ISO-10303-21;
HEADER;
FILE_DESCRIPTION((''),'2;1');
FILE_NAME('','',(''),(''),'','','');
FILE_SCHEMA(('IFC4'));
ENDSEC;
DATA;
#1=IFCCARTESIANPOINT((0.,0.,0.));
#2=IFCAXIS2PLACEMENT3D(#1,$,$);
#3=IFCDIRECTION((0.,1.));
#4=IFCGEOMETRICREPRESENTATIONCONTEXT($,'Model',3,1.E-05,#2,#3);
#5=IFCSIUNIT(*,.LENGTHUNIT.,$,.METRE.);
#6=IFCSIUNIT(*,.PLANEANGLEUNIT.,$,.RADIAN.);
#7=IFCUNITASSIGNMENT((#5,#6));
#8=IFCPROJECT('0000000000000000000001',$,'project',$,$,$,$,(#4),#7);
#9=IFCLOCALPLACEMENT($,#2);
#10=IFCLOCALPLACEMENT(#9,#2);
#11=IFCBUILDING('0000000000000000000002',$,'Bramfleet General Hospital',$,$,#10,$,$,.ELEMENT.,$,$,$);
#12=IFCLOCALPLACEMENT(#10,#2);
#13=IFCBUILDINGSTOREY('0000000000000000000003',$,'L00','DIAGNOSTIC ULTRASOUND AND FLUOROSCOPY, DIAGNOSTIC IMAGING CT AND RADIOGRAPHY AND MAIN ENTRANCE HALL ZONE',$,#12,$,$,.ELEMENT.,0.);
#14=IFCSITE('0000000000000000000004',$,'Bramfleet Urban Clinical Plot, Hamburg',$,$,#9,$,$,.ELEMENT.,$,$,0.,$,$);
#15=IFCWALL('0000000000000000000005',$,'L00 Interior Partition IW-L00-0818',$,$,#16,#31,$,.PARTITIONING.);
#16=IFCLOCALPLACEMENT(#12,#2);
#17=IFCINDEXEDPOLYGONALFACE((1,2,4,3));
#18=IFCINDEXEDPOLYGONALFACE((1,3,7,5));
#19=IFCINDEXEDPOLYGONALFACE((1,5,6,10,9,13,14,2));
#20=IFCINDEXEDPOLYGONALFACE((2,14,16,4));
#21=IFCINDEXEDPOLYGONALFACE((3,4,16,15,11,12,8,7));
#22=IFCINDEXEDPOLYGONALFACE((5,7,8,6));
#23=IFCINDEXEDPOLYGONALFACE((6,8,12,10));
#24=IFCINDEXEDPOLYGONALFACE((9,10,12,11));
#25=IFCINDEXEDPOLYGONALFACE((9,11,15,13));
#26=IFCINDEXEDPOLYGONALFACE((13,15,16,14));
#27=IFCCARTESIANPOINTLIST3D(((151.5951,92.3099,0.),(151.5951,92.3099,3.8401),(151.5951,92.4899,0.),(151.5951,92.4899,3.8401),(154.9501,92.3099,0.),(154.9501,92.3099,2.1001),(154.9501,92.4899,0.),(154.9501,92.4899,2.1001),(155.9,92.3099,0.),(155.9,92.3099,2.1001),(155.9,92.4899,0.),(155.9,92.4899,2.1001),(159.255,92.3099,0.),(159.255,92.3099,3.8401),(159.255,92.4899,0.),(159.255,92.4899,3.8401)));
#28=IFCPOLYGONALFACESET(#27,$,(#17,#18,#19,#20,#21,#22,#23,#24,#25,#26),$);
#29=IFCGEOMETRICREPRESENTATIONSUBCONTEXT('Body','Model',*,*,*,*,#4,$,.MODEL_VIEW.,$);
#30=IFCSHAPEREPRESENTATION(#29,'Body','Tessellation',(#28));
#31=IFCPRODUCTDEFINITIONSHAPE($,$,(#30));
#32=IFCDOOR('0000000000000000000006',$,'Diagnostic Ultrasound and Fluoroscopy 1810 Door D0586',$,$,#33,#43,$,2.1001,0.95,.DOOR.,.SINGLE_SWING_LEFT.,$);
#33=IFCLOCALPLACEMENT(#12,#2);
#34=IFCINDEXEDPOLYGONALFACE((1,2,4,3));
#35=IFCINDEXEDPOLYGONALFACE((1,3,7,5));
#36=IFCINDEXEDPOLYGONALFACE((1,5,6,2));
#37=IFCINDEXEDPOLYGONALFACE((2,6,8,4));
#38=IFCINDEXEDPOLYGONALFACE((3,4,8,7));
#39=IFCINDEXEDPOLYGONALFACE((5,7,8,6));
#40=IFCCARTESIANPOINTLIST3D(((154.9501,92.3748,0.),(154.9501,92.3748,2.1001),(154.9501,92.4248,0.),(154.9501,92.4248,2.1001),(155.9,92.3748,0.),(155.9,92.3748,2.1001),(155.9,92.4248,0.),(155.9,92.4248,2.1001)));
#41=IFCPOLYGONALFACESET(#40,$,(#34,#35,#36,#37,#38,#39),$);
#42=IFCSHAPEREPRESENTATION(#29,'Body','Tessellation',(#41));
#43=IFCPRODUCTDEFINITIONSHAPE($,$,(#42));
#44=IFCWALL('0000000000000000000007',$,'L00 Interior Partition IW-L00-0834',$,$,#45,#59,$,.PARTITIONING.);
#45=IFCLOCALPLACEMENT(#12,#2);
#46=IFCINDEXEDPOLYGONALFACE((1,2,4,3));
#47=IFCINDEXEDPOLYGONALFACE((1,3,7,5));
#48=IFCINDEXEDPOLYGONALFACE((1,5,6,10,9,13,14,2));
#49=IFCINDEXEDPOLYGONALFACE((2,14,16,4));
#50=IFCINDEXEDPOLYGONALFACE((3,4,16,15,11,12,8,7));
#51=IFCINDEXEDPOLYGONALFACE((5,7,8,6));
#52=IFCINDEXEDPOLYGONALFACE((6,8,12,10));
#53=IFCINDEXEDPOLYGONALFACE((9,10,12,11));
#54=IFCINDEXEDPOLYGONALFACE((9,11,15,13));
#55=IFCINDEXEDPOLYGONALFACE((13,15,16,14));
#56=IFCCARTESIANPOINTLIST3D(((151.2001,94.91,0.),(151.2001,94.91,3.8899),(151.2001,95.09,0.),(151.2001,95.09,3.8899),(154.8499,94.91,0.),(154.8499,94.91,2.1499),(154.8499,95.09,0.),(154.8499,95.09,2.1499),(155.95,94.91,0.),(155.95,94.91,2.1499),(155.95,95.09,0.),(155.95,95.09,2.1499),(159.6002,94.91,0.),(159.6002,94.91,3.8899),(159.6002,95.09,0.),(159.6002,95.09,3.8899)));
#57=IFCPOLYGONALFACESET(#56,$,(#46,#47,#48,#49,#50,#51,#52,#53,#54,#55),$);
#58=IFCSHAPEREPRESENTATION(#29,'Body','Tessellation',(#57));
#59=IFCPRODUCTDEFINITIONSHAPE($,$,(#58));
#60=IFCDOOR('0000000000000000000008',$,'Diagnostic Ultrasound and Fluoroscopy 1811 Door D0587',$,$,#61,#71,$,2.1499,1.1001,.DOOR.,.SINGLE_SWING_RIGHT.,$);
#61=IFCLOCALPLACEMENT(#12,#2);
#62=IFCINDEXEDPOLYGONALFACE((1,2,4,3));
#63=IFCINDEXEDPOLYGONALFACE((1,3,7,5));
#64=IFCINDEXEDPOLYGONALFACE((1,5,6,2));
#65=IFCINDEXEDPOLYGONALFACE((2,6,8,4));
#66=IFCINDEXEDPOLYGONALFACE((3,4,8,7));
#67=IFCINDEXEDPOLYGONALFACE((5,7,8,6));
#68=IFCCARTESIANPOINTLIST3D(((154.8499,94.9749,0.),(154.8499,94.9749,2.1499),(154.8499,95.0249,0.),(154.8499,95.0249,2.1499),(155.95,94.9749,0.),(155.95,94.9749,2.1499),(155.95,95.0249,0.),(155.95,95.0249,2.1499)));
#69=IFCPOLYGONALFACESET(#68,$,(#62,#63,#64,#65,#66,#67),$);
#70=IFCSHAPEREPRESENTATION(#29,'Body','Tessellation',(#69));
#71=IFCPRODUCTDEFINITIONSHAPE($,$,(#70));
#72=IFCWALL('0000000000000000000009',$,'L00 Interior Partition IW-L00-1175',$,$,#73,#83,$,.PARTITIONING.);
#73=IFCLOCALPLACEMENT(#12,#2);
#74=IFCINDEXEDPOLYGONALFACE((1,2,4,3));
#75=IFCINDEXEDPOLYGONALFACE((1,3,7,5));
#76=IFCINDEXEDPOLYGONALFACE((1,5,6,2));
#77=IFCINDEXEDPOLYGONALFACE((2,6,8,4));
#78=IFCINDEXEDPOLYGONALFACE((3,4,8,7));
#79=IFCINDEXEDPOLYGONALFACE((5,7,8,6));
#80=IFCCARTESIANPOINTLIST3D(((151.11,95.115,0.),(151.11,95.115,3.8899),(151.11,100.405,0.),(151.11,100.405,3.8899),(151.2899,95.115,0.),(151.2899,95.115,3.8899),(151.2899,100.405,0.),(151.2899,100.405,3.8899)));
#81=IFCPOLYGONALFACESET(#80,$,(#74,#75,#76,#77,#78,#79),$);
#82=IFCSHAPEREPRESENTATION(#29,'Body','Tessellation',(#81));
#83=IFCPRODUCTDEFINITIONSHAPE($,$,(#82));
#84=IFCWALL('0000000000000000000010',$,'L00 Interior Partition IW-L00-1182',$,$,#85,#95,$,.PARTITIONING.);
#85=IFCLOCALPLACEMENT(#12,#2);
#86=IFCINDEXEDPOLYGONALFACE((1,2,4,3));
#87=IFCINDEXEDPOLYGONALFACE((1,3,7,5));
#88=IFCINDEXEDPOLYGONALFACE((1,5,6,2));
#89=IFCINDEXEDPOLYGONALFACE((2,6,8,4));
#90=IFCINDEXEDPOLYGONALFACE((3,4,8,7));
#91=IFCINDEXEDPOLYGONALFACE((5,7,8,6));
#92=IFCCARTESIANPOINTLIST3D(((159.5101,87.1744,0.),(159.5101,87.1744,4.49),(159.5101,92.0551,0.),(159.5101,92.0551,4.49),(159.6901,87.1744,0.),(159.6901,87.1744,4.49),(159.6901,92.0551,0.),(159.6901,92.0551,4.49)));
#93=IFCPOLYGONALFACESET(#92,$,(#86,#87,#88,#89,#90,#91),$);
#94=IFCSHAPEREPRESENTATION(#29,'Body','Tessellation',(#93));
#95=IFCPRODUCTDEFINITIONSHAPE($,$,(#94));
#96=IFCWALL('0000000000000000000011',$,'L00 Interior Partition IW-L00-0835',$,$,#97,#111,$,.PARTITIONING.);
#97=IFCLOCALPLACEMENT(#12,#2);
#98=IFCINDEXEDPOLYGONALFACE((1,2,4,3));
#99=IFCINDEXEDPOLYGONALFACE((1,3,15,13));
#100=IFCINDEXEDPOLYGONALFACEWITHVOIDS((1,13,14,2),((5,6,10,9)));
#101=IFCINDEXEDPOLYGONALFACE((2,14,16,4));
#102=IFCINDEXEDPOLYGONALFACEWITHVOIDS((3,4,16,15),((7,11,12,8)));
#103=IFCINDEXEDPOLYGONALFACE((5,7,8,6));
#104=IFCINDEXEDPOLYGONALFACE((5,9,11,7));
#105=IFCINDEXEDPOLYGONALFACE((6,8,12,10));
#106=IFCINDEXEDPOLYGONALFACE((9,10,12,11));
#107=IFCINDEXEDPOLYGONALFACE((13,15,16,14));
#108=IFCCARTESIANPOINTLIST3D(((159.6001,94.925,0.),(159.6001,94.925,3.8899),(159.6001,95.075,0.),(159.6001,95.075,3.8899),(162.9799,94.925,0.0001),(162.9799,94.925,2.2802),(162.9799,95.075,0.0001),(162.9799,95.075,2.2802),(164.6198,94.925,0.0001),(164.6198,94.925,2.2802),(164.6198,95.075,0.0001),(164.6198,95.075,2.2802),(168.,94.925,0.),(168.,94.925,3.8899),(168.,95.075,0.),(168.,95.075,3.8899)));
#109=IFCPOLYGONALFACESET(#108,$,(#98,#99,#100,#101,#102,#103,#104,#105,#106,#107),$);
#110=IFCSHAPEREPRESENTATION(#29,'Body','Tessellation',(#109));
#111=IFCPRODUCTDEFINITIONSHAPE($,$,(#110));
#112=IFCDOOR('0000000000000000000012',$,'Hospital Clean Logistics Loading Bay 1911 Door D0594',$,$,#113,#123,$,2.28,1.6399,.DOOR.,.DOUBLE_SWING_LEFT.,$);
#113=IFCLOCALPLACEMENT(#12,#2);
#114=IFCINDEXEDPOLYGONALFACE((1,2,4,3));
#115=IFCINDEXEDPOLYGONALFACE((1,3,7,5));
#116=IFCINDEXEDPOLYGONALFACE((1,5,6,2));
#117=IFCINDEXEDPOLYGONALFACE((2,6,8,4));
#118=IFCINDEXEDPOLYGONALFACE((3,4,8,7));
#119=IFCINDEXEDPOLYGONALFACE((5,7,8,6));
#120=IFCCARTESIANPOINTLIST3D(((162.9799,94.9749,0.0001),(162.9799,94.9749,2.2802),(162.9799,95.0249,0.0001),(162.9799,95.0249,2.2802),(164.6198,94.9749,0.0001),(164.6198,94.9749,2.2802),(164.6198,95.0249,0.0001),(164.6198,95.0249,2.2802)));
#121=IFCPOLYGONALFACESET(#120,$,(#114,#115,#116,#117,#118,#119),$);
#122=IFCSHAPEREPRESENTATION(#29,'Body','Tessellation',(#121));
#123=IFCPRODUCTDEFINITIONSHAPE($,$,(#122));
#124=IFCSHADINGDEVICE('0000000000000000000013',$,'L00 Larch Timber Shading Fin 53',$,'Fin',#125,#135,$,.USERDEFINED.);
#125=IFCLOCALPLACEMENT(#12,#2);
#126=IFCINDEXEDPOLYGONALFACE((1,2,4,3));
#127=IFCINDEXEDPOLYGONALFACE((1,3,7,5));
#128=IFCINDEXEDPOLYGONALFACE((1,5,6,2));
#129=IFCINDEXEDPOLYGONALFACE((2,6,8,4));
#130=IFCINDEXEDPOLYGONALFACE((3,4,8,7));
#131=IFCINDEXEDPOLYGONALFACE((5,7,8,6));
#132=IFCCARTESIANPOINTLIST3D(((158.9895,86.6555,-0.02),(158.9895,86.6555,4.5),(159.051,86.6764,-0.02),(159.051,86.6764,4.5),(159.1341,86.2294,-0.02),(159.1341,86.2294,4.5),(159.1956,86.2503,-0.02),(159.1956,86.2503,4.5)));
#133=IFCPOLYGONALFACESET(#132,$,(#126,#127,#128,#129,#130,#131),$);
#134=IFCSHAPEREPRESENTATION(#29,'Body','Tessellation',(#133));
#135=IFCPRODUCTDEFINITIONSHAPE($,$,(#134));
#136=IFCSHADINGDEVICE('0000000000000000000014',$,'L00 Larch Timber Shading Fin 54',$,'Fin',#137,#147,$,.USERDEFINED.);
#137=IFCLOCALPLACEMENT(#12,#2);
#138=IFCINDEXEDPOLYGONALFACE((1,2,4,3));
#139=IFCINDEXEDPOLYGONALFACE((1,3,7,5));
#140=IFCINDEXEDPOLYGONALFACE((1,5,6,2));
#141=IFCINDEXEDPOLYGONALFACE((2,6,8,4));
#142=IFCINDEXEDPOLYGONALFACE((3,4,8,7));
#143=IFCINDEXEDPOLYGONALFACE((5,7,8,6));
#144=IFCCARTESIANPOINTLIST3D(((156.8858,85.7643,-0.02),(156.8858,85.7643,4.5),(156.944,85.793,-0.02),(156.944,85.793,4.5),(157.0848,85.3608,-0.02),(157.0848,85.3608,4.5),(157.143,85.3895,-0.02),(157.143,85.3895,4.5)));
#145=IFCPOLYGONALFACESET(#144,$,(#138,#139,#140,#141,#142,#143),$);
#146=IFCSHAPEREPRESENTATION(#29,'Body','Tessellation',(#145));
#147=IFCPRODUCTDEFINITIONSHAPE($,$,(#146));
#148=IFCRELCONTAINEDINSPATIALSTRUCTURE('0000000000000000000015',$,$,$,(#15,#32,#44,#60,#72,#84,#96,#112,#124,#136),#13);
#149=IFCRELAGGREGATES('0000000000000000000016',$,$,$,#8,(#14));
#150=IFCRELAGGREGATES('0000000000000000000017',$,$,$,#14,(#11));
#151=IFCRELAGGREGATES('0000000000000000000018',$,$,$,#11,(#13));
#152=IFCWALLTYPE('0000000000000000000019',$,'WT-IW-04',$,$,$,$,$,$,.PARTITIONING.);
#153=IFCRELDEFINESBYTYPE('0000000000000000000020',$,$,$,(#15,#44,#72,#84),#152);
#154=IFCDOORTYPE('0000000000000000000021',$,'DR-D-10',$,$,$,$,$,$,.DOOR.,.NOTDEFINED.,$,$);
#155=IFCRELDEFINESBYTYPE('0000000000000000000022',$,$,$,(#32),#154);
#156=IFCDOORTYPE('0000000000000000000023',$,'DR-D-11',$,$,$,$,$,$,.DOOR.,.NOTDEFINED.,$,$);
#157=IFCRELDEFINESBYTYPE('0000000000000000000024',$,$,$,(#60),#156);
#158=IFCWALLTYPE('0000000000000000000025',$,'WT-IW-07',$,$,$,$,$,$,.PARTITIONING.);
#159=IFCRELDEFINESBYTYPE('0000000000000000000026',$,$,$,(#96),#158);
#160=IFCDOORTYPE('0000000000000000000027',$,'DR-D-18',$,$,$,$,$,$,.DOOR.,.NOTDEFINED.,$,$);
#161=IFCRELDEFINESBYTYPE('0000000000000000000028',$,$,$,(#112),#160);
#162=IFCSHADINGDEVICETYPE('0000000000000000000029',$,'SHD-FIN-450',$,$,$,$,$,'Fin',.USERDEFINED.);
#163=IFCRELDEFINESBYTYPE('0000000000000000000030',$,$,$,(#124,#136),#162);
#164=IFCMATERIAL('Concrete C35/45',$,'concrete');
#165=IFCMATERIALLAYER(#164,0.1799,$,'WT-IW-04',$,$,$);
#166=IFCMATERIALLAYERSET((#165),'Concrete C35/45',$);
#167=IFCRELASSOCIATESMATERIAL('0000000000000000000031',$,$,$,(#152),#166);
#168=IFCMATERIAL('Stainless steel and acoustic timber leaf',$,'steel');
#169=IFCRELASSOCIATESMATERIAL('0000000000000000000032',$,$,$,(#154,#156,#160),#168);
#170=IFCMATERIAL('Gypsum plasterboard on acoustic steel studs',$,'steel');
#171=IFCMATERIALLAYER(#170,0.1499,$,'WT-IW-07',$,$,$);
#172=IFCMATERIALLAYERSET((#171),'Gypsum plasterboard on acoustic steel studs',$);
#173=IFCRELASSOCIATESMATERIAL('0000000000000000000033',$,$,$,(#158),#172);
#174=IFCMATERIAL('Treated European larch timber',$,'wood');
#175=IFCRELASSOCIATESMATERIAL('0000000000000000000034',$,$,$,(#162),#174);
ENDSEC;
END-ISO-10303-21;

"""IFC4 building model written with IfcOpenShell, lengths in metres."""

from ifc_helpers import new_model, si_unit, direction, frame, frame_2d, origin, origin_2d, place, context, subcontext, project, spatial, rectangle, extrude, material, layer, layer_set, material_profile, profile_set, type_object, element, fill, save


model = new_model("IFC4")

# Units and contexts
model_context = context("Model", 3, precision=1e-05, world=origin(), true_north=direction((0.0, 1.0)))
body_context = subcontext(model_context, "Body", "Model", "MODEL_VIEW")
ifc_project = project(units=[si_unit("LENGTHUNIT", "METRE"), si_unit("PLANEANGLEUNIT", "RADIAN")], contexts=[model_context])

# Site, building, storey
site_placement = place(None, origin())
site = spatial("IfcSite", under=ifc_project, at=site_placement, Name="Bramfleet Urban Clinical Plot, Hamburg", CompositionType="ELEMENT", RefElevation=0.0)
building_placement = place(site_placement, origin())
building = spatial("IfcBuilding", under=site, at=building_placement, Name="Bramfleet General Hospital", CompositionType="ELEMENT")
storey_placement = place(building_placement, origin())
storey = spatial("IfcBuildingStorey", under=building, at=storey_placement, Name="L00", Description="DIAGNOSTIC ULTRASOUND AND FLUOROSCOPY, DIAGNOSTIC IMAGING CT AND RADIOGRAPHY AND MAIN ENTRANCE HALL ZONE", CompositionType="ELEMENT", Elevation=0.0)

# Shared definitions
ifc_material_1 = material(Name="Concrete C35/45", Category="concrete")

# Walls, openings, doors
ifc_layer_1 = layer(ifc_material_1, 0.1799, Name="WT-IW-04")
ifc_layer_set_1 = layer_set([ifc_layer_1], Name="Concrete C35/45")
wall_type_1 = type_object("IfcWallType", Name="WT-IW-04", PredefinedType="PARTITIONING", material=ifc_layer_set_1)
wall_1_placement = place(storey_placement, frame((151.595, 92.3999, 0.0), z_axis=(0.0, 0.0, 1.0), x_axis=(1.0, 0.0, 0.0)))
wall_1 = element("IfcWall", 1, at=wall_1_placement, inside=storey, type_object=wall_type_1, Name="L00 Interior Partition IW-L00-0818", PredefinedType="PARTITIONING", context=body_context, shape_type="SweptSolid", body=[
    extrude(rectangle(XDim=7.6599, YDim=0.1799, at=frame_2d((3.8301, 0.0))), origin(), (0.0, 0.0, 1.0), 3.8401),
])
opening_1_placement = place(wall_1_placement, frame((3.355, 0.0, 0.0)))
opening_1 = element("IfcOpeningElement", 2, at=opening_1_placement, cuts=wall_1, PredefinedType="OPENING", context=body_context, shape_type="SweptSolid", body=[
    extrude(rectangle(XDim=0.95, YDim=2.1001, at=frame_2d((0.4751, 1.05))), frame((0.0, 0.0999, 0.0), z_axis=(0.0, -1.0, 0.0), x_axis=(1.0, 0.0, 0.0)), (0.0, 0.0, 1.0), 0.2),
])
ifc_material_2 = material(Name="Stainless steel and acoustic timber leaf", Category="steel")
door_type_1 = type_object("IfcDoorType", Name="DR-D-10", OperationType="NOTDEFINED", PredefinedType="DOOR", material=ifc_material_2)
door_1_placement = place(opening_1_placement, origin())
door_1 = element("IfcDoor", 3, at=door_1_placement, inside=storey, type_object=door_type_1, Name="Diagnostic Ultrasound and Fluoroscopy 1810 Door D0586", OperationType="SINGLE_SWING_LEFT", OverallHeight=2.1001, OverallWidth=0.95, PredefinedType="DOOR", context=body_context, shape_type="SweptSolid", body=[
    extrude(rectangle(XDim=0.95, YDim=2.1001, at=frame_2d((0.4751, 1.05))), frame((0.0, 0.0249, 0.0), z_axis=(0.0, -1.0, 0.0), x_axis=(1.0, 0.0, 0.0)), (0.0, 0.0, 1.0), 0.05),
])
fill(opening_1, door_1)
wall_2_placement = place(storey_placement, frame((151.2, 95.0, 0.0), z_axis=(0.0, 0.0, 1.0), x_axis=(1.0, 0.0, 0.0)))
wall_2 = element("IfcWall", 4, at=wall_2_placement, inside=storey, type_object=wall_type_1, Name="L00 Interior Partition IW-L00-0834", PredefinedType="PARTITIONING", context=body_context, shape_type="SweptSolid", body=[
    extrude(rectangle(XDim=8.4001, YDim=0.1799, at=frame_2d((4.2002, 0.0))), origin(), (0.0, 0.0, 1.0), 3.8899),
])
opening_2_placement = place(wall_2_placement, frame((3.6499, 0.0, 0.0)))
opening_2 = element("IfcOpeningElement", 5, at=opening_2_placement, cuts=wall_2, PredefinedType="OPENING", context=body_context, shape_type="SweptSolid", body=[
    extrude(rectangle(XDim=1.1001, YDim=2.1499, at=frame_2d((0.55, 1.075))), frame((0.0, 0.0999, 0.0), z_axis=(0.0, -1.0, 0.0), x_axis=(1.0, 0.0, 0.0)), (0.0, 0.0, 1.0), 0.2),
])
door_type_2 = type_object("IfcDoorType", Name="DR-D-11", OperationType="NOTDEFINED", PredefinedType="DOOR", material=ifc_material_2)
door_2_placement = place(opening_2_placement, origin())
door_2 = element("IfcDoor", 6, at=door_2_placement, inside=storey, type_object=door_type_2, Name="Diagnostic Ultrasound and Fluoroscopy 1811 Door D0587", OperationType="SINGLE_SWING_RIGHT", OverallHeight=2.1499, OverallWidth=1.1001, PredefinedType="DOOR", context=body_context, shape_type="SweptSolid", body=[
    extrude(rectangle(XDim=1.1001, YDim=2.1499, at=frame_2d((0.55, 1.075))), frame((0.0, 0.0249, 0.0), z_axis=(0.0, -1.0, 0.0), x_axis=(1.0, 0.0, 0.0)), (0.0, 0.0, 1.0), 0.05),
])
fill(opening_2, door_2)

# Walls
wall_3_placement = place(storey_placement, frame((151.2, 95.115, 0.0), z_axis=(0.0, 0.0, 1.0), x_axis=(0.0, 1.0, 0.0)))
element("IfcWall", 7, at=wall_3_placement, inside=storey, type_object=wall_type_1, Name="L00 Interior Partition IW-L00-1175", PredefinedType="PARTITIONING", context=body_context, shape_type="SweptSolid", body=[
    extrude(rectangle(XDim=5.29, YDim=0.1799, at=frame_2d((2.645, 0.0))), origin(), (0.0, 0.0, 1.0), 3.8899),
])
wall_4_placement = place(storey_placement, frame((159.6001, 87.1743, 0.0), z_axis=(0.0, 0.0, 1.0), x_axis=(0.0, 1.0, 0.0)))
element("IfcWall", 8, at=wall_4_placement, inside=storey, type_object=wall_type_1, Name="L00 Interior Partition IW-L00-1182", PredefinedType="PARTITIONING", context=body_context, shape_type="SweptSolid", body=[
    extrude(rectangle(XDim=4.8806, YDim=0.1799, at=frame_2d((2.4404, 0.0))), origin(), (0.0, 0.0, 1.0), 4.49),
])

# Wall, opening, door
ifc_material_3 = material(Name="Gypsum plasterboard on acoustic steel studs", Category="steel")
ifc_layer_2 = layer(ifc_material_3, 0.1499, Name="WT-IW-07")
ifc_layer_set_2 = layer_set([ifc_layer_2], Name="Gypsum plasterboard on acoustic steel studs")
wall_type_2 = type_object("IfcWallType", Name="WT-IW-07", PredefinedType="PARTITIONING", material=ifc_layer_set_2)
wall_5_placement = place(storey_placement, frame((159.6001, 95.0, 0.0), z_axis=(0.0, 0.0, 1.0), x_axis=(1.0, 0.0, 0.0)))
wall_5 = element("IfcWall", 9, at=wall_5_placement, inside=storey, type_object=wall_type_2, Name="L00 Interior Partition IW-L00-0835", PredefinedType="PARTITIONING", context=body_context, shape_type="SweptSolid", body=[
    extrude(rectangle(XDim=8.3999, YDim=0.1499, at=frame_2d((4.2, 0.0))), origin(), (0.0, 0.0, 1.0), 3.8899),
])
opening_3_placement = place(wall_5_placement, frame((3.3799, 0.0, 0.0)))
opening_3 = element("IfcOpeningElement", 10, at=opening_3_placement, cuts=wall_5, PredefinedType="OPENING", context=body_context, shape_type="SweptSolid", body=[
    extrude(rectangle(XDim=1.6399, YDim=2.28, at=frame_2d((0.8198, 1.1401))), frame((0.0, 0.085, 0.0), z_axis=(0.0, -1.0, 0.0), x_axis=(1.0, 0.0, 0.0)), (0.0, 0.0, 1.0), 0.1699),
])
door_type_3 = type_object("IfcDoorType", Name="DR-D-18", OperationType="NOTDEFINED", PredefinedType="DOOR", material=ifc_material_2)
door_3_placement = place(opening_3_placement, origin())
door_3 = element("IfcDoor", 11, at=door_3_placement, inside=storey, type_object=door_type_3, Name="Hospital Clean Logistics Loading Bay 1911 Door D0594", OperationType="DOUBLE_SWING_LEFT", OverallHeight=2.28, OverallWidth=1.6399, PredefinedType="DOOR", context=body_context, shape_type="SweptSolid", body=[
    extrude(rectangle(XDim=1.6399, YDim=2.28, at=frame_2d((0.8198, 1.1401))), frame((0.0, 0.0249, 0.0), z_axis=(0.0, -1.0, 0.0), x_axis=(1.0, 0.0, 0.0)), (0.0, 0.0, 1.0), 0.05),
])
fill(opening_3, door_3)

# Shading devices
ifc_material_4 = material(Name="Treated European larch timber", Category="wood")
ifc_material_profile_1 = material_profile(ifc_material_4, rectangle(XDim=0.0649, YDim=0.45, at=origin_2d()), Name="LARCH FIN 450x65")
ifc_profile_set_1 = profile_set([ifc_material_profile_1], Name="Treated European larch timber")
shading_device_type = type_object("IfcShadingDeviceType", Name="SHD-FIN-450", ElementType="Fin", PredefinedType="USERDEFINED", material=ifc_profile_set_1)
for number, where, z_axis, x_axis, name in (
    (12, (159.0925, 86.4529, -0.02), (0.0, 0.0, 1.0), (-0.946949, -0.321383, 0.0), "L00 Larch Timber Shading Fin 53"),
    (13, (157.0144, 85.5769, -0.02), (0.0, 0.0, 1.0), (-0.896865, -0.442305, 0.0), "L00 Larch Timber Shading Fin 54"),
):
    element("IfcShadingDevice", number, at=place(storey_placement, frame(where, z_axis=z_axis, x_axis=x_axis)), inside=storey, type_object=shading_device_type, Name=name, ObjectType="Fin", PredefinedType="USERDEFINED", context=body_context, shape_type="SweptSolid", body=[
        extrude(rectangle(XDim=0.0649, YDim=0.45, at=origin_2d()), origin(), (0.0, 0.0, 1.0), 4.52),
    ])

save(model, "model.ifc")
